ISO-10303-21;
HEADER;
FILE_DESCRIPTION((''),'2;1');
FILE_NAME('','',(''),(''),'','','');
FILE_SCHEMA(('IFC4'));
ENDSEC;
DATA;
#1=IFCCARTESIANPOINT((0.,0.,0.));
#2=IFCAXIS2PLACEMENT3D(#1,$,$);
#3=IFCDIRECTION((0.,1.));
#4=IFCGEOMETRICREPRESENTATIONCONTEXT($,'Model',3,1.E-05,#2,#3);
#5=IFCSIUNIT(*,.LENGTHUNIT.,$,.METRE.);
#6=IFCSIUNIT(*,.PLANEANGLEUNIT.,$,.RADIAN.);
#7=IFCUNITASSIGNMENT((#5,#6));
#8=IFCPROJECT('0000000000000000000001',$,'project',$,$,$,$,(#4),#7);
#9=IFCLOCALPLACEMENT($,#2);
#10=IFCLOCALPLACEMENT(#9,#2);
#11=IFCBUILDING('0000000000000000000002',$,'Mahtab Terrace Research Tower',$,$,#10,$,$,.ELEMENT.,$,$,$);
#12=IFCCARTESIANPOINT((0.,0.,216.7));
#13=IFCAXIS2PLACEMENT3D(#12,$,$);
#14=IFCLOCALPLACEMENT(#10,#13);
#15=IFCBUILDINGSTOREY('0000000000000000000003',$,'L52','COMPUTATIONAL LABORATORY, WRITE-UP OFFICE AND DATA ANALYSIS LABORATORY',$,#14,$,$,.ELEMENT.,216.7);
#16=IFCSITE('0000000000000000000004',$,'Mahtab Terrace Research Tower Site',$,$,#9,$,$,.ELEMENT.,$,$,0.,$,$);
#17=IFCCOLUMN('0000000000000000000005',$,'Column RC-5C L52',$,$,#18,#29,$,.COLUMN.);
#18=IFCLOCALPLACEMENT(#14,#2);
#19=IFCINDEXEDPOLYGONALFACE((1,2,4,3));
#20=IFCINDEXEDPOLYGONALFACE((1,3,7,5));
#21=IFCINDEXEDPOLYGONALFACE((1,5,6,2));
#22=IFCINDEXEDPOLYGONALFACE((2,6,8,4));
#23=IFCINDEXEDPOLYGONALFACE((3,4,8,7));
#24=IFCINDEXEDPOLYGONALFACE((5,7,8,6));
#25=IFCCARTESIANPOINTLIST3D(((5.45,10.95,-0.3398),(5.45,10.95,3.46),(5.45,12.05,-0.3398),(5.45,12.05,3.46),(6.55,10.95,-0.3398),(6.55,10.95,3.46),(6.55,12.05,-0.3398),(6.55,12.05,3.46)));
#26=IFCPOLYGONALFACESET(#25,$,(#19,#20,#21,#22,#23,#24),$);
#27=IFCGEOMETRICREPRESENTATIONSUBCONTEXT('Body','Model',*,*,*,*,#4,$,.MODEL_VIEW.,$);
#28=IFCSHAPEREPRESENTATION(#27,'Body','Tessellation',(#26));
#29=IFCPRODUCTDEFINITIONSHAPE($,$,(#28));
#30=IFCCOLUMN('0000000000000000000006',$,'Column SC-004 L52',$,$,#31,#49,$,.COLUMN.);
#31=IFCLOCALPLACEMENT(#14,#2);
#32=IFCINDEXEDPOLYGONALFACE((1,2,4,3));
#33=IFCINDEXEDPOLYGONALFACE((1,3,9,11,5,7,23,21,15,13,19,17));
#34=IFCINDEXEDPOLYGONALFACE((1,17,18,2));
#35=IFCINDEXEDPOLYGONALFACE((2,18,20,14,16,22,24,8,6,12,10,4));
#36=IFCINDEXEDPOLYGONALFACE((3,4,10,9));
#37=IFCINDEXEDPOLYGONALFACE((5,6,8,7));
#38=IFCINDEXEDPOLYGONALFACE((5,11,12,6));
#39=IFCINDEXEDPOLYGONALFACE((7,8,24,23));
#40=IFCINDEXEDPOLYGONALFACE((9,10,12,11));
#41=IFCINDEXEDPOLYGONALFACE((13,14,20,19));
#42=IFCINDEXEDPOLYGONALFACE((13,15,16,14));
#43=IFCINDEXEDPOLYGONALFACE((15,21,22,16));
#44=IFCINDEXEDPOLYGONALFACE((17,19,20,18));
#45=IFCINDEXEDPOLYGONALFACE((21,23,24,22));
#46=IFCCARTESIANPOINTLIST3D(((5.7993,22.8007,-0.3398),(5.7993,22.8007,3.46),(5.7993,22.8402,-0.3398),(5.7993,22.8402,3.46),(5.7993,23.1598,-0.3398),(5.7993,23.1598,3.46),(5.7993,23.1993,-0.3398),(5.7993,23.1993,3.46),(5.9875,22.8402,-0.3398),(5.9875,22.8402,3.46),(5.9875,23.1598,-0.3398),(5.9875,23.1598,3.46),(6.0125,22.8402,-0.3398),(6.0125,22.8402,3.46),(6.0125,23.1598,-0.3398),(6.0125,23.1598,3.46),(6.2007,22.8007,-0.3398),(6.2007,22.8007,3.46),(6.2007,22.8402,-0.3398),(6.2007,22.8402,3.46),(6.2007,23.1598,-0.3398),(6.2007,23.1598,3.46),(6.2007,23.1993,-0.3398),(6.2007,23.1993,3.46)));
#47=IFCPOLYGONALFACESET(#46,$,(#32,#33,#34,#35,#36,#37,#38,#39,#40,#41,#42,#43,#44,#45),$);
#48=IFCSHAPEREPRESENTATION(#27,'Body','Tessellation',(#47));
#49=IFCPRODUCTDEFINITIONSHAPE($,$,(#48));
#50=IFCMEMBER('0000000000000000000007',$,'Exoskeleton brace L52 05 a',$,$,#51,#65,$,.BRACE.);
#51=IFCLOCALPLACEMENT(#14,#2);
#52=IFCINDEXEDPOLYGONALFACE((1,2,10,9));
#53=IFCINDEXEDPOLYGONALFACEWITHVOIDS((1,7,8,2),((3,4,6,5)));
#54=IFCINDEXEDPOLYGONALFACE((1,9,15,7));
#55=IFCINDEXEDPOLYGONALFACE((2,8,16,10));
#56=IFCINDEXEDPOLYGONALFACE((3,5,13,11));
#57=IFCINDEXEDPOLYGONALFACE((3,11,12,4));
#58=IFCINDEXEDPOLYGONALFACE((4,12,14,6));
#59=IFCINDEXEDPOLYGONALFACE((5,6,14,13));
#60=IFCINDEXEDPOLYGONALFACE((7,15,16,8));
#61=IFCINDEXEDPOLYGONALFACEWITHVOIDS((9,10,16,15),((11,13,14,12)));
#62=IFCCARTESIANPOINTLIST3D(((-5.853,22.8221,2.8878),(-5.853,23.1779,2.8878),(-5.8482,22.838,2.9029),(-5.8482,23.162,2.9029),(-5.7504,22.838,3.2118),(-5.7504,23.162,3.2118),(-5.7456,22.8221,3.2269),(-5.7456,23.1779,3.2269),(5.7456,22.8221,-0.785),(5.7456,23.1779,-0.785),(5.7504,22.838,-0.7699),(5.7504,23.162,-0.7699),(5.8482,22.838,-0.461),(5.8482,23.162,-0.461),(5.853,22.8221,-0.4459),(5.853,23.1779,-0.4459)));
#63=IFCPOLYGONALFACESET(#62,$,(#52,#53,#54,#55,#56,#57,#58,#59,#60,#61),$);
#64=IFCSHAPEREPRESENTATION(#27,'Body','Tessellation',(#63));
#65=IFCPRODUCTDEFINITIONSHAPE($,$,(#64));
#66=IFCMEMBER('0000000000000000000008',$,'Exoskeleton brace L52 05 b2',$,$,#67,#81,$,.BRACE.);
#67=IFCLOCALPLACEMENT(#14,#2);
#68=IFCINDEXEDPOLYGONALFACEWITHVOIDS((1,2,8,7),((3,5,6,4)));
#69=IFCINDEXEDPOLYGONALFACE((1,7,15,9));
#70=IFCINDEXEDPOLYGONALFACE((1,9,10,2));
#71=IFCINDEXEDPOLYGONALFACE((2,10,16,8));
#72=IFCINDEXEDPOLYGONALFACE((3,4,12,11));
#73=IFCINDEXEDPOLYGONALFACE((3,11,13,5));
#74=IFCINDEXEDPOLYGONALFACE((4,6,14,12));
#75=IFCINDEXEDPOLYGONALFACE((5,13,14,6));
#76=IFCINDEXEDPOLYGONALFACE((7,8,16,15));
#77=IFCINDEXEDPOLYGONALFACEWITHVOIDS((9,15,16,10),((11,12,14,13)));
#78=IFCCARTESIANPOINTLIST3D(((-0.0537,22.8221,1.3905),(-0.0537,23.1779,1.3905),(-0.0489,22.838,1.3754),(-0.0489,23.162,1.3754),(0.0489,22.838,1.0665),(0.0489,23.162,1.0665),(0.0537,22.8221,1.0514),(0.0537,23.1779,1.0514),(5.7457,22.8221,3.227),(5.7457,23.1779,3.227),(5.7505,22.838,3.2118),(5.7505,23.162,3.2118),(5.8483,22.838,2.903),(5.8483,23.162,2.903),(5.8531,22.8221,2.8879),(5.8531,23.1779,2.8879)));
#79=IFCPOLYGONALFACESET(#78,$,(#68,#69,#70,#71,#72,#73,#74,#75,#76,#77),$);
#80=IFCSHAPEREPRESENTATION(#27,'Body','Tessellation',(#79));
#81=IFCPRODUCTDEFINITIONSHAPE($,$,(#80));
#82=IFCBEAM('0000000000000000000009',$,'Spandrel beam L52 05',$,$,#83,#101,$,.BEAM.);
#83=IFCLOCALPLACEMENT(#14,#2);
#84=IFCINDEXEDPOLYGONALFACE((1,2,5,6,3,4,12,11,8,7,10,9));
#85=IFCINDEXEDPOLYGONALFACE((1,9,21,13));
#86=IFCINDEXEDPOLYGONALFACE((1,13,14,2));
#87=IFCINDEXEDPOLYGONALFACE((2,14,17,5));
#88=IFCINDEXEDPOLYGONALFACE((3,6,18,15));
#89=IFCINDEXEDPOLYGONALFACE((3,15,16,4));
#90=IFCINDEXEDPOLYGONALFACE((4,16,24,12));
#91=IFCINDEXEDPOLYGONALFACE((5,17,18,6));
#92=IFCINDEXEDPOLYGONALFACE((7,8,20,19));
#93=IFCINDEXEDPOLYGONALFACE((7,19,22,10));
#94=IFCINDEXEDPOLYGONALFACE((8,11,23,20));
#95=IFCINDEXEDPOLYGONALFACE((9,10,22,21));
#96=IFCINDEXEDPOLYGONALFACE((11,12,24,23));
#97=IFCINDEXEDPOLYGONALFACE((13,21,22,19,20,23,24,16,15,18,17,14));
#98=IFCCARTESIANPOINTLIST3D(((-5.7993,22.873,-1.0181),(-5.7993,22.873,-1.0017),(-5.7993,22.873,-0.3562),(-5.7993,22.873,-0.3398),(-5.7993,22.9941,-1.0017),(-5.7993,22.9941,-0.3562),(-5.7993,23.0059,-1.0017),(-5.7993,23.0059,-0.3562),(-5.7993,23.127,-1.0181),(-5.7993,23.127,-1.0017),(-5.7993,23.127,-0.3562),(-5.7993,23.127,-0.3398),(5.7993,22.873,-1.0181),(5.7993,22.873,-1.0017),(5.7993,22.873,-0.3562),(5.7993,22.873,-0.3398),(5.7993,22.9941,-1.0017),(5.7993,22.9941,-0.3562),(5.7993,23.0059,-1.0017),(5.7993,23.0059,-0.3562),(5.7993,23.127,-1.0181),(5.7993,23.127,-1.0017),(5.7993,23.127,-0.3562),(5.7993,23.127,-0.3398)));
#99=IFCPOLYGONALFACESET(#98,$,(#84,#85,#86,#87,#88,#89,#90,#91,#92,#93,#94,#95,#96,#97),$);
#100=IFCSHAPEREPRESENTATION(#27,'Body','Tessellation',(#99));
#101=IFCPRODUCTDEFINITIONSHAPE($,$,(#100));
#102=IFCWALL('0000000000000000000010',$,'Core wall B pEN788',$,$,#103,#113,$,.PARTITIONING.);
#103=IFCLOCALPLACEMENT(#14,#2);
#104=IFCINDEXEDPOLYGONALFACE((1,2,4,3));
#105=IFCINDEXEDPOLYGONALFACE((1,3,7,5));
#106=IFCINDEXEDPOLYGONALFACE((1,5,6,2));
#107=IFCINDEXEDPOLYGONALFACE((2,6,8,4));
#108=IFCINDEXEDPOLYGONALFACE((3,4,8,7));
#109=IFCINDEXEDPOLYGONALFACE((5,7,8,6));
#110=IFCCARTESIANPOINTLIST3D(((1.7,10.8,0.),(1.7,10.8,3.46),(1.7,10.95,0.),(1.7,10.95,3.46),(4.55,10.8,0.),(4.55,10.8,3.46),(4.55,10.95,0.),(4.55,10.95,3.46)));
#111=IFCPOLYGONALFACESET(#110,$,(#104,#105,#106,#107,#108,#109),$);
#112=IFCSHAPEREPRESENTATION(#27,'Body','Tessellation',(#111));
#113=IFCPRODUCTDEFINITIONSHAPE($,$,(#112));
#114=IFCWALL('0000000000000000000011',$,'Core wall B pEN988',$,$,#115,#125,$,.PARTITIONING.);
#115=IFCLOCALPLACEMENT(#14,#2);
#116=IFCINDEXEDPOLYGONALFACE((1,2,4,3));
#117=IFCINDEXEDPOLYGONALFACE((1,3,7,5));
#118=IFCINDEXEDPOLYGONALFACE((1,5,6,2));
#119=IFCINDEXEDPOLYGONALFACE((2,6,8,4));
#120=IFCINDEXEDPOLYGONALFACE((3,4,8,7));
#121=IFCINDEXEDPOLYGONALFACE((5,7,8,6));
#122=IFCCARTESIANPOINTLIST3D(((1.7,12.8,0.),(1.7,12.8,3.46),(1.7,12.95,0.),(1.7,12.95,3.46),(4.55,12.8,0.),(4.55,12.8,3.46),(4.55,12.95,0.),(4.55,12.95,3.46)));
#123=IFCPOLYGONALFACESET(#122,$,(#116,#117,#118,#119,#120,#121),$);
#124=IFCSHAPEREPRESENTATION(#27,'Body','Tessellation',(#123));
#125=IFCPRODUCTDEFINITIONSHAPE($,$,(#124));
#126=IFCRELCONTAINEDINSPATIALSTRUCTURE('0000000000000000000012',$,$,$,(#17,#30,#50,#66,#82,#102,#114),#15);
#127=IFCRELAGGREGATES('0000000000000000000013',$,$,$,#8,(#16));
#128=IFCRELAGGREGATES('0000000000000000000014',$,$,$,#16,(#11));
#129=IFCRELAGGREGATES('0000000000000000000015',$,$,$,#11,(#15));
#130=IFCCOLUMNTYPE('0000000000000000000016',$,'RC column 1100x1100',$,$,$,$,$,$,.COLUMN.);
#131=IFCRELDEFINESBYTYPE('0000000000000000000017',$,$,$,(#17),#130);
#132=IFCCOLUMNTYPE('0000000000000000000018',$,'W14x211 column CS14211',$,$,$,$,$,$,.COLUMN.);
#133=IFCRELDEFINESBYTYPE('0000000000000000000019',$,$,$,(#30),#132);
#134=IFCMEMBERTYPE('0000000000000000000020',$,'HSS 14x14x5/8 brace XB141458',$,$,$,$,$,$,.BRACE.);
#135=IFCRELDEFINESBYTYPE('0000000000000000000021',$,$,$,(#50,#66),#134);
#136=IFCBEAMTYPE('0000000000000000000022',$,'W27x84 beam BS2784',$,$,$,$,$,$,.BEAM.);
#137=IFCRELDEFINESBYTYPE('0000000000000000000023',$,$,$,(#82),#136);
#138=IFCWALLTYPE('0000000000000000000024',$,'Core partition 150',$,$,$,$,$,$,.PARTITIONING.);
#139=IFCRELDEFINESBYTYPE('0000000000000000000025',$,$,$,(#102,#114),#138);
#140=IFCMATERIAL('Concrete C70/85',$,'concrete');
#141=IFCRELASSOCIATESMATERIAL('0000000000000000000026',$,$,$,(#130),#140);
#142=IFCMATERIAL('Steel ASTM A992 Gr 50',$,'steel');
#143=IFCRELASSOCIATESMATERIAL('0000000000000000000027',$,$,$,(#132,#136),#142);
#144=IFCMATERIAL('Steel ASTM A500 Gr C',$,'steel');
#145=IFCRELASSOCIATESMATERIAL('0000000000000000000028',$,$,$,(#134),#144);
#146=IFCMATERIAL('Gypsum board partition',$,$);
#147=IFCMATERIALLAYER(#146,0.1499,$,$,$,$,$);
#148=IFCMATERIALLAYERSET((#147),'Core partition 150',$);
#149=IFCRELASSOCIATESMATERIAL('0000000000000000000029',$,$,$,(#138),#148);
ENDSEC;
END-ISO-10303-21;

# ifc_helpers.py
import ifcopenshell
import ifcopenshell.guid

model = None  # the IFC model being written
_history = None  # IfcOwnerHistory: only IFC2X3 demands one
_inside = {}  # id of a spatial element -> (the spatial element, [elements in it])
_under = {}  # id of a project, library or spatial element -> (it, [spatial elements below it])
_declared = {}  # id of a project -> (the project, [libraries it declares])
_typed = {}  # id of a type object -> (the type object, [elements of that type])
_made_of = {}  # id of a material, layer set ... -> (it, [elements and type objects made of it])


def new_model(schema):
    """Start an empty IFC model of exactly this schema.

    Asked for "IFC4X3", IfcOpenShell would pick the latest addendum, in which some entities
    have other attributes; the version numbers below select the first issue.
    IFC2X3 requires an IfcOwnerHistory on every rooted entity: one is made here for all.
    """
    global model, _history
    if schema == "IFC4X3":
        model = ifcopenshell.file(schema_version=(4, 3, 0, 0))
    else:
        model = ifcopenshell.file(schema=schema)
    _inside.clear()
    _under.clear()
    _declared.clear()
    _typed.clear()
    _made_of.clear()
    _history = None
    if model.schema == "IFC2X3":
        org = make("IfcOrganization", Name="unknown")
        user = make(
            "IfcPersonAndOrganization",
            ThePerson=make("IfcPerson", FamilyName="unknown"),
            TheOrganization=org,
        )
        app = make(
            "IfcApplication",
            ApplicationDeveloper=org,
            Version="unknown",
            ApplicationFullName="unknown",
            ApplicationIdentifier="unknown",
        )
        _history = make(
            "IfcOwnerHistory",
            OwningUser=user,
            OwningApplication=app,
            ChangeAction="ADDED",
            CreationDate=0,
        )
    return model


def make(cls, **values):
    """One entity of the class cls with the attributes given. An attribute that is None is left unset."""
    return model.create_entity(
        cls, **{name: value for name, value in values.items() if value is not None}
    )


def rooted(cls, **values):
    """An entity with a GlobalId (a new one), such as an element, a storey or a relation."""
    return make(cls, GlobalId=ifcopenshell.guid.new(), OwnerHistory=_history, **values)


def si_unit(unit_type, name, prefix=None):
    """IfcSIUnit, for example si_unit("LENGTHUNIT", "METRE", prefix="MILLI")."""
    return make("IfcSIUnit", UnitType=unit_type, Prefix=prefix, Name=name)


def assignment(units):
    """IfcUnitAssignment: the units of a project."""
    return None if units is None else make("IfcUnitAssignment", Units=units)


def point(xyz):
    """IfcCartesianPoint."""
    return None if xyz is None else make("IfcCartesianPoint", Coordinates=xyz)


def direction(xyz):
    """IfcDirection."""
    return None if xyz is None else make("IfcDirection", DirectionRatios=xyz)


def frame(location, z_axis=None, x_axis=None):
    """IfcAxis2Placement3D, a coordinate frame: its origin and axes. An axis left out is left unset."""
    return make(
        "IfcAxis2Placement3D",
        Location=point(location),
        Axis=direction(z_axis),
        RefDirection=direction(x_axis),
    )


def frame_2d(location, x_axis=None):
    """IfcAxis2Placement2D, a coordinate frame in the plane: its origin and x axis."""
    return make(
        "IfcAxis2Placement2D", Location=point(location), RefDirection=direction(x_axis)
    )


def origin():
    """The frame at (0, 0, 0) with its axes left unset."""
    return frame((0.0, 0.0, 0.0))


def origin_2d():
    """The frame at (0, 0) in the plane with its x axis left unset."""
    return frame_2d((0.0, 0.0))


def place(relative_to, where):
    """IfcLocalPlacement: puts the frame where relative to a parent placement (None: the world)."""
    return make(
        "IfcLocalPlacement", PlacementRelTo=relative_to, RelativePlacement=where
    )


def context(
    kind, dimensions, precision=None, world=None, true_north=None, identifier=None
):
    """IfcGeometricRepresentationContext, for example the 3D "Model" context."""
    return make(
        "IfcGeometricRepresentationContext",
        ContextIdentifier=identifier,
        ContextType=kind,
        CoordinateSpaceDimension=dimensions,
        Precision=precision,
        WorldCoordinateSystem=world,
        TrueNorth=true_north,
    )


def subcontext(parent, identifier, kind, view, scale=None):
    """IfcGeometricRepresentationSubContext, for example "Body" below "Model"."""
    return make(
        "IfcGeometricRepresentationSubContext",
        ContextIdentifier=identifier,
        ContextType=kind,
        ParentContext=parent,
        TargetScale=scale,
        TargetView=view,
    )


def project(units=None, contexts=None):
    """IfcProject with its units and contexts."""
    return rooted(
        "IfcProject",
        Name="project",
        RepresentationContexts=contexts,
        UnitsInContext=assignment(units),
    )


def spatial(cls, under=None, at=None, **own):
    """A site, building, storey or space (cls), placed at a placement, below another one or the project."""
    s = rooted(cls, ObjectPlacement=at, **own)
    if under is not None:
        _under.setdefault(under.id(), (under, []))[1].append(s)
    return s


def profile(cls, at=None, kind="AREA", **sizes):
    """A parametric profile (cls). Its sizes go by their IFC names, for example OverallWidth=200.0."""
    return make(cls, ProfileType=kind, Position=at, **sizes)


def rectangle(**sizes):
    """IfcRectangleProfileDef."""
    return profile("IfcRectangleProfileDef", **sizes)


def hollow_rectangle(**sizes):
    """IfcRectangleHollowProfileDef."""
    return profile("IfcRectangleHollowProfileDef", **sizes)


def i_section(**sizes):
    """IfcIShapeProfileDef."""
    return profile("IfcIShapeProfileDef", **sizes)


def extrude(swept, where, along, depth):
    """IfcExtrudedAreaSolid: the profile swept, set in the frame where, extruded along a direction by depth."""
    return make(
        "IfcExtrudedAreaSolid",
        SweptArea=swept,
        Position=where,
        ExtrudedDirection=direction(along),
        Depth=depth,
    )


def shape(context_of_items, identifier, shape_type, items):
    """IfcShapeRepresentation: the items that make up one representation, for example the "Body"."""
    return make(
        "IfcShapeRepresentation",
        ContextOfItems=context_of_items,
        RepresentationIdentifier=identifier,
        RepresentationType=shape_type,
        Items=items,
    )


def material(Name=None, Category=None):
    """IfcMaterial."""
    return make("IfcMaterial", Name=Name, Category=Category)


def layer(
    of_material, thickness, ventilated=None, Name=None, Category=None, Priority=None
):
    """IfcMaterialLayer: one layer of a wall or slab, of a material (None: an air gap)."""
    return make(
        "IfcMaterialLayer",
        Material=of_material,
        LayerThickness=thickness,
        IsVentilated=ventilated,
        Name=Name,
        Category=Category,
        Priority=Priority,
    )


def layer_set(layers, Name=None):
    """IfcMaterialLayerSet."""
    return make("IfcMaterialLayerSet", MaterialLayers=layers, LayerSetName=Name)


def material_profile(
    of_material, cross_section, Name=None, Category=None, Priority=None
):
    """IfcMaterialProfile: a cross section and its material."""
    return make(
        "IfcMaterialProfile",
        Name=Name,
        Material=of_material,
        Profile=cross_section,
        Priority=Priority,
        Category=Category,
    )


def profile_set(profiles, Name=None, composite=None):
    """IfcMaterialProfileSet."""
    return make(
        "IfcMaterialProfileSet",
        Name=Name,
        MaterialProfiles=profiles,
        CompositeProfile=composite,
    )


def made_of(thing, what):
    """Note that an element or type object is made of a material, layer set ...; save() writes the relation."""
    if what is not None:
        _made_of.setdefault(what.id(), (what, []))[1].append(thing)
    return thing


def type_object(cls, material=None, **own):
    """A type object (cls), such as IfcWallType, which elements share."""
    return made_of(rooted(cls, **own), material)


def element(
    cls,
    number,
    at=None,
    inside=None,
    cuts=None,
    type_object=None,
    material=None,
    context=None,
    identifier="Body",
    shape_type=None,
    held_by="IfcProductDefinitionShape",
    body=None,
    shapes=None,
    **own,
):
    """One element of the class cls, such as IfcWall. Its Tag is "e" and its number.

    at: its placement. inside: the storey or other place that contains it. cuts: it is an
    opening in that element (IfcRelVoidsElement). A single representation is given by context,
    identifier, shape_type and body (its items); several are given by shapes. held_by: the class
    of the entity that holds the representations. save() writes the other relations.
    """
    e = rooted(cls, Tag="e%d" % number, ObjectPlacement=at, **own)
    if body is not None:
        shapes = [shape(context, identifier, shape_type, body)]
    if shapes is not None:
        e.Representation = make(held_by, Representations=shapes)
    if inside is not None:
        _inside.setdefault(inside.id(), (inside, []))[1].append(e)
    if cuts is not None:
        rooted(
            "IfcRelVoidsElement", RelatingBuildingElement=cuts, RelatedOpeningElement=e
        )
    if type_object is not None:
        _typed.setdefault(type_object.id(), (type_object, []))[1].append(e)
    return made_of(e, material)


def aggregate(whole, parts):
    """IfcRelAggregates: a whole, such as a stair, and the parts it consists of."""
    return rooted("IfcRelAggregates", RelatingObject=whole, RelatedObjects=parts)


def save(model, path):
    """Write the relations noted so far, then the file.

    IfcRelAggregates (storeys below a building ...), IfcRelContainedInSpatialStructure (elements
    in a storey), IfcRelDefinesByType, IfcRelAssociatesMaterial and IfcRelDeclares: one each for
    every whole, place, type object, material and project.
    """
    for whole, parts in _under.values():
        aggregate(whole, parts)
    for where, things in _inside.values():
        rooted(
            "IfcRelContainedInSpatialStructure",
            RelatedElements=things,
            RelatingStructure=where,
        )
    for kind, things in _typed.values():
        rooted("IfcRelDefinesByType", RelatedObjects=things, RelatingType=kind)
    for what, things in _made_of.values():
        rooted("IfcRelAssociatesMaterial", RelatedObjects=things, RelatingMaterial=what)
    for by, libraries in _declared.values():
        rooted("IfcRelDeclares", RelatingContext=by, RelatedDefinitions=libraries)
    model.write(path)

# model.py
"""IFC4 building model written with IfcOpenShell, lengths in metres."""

from ifc_helpers import new_model, si_unit, direction, frame, frame_2d, origin, origin_2d, place, context, subcontext, project, spatial, rectangle, hollow_rectangle, i_section, extrude, material, layer, layer_set, material_profile, profile_set, type_object, element, save


model = new_model("IFC4")

# Units and contexts
model_context = context("Model", 3, precision=1e-05, world=origin(), true_north=direction((0.0, 1.0)))
body_context = subcontext(model_context, "Body", "Model", "MODEL_VIEW")
ifc_project = project(units=[si_unit("LENGTHUNIT", "METRE"), si_unit("PLANEANGLEUNIT", "RADIAN")], contexts=[model_context])

# Site, building, storey
site_placement = place(None, origin())
site = spatial("IfcSite", under=ifc_project, at=site_placement, Name="Mahtab Terrace Research Tower Site", CompositionType="ELEMENT", RefElevation=0.0)
building_placement = place(site_placement, origin())
building = spatial("IfcBuilding", under=site, at=building_placement, Name="Mahtab Terrace Research Tower", CompositionType="ELEMENT")
storey_placement = place(building_placement, frame((0.0, 0.0, 216.7)))
storey = spatial("IfcBuildingStorey", under=building, at=storey_placement, Name="L52", Description="COMPUTATIONAL LABORATORY, WRITE-UP OFFICE AND DATA ANALYSIS LABORATORY", CompositionType="ELEMENT", Elevation=216.7)

# Columns
ifc_material_1 = material(Name="Concrete C70/85", Category="concrete")
ifc_material_profile_1 = material_profile(ifc_material_1, rectangle(XDim=1.1001, YDim=1.1001, at=origin_2d()), Name="RC column 1100x1100")
ifc_profile_set_1 = profile_set([ifc_material_profile_1], Name="Concrete C70/85")
column_type_1 = type_object("IfcColumnType", Name="RC column 1100x1100", PredefinedType="COLUMN", material=ifc_profile_set_1)
column_1_placement = place(storey_placement, frame((6.0, 11.5, -0.3398), z_axis=(0.0, 0.0, 1.0), x_axis=(1.0, 0.0, 0.0)))
element("IfcColumn", 1, at=column_1_placement, inside=storey, type_object=column_type_1, Name="Column RC-5C L52", PredefinedType="COLUMN", context=body_context, shape_type="SweptSolid", body=[
    extrude(rectangle(XDim=1.1001, YDim=1.1001, at=origin_2d()), origin(), (0.0, 0.0, 1.0), 3.7998),
])
ifc_material_2 = material(Name="Steel ASTM A992 Gr 50", Category="steel")
ifc_material_profile_2 = material_profile(ifc_material_2, i_section(OverallWidth=0.4014, OverallDepth=0.3987, WebThickness=0.0249, FlangeThickness=0.0396, at=origin_2d()), Name="W14X211")
ifc_profile_set_2 = profile_set([ifc_material_profile_2], Name="Steel ASTM A992 Gr 50")
column_type_2 = type_object("IfcColumnType", Name="W14x211 column CS14211", PredefinedType="COLUMN", material=ifc_profile_set_2)
column_2_placement = place(storey_placement, frame((6.0, 23.0, -0.3398), z_axis=(0.0, 0.0, 1.0), x_axis=(1.0, 0.0, 0.0)))
element("IfcColumn", 2, at=column_2_placement, inside=storey, type_object=column_type_2, Name="Column SC-004 L52", PredefinedType="COLUMN", context=body_context, shape_type="SweptSolid", body=[
    extrude(i_section(OverallWidth=0.4014, OverallDepth=0.3987, WebThickness=0.0249, FlangeThickness=0.0396, at=origin_2d()), origin(), (0.0, 0.0, 1.0), 3.7998),
])

# Members
ifc_material_3 = material(Name="Steel ASTM A500 Gr C", Category="steel")
ifc_material_profile_3 = material_profile(ifc_material_3, hollow_rectangle(XDim=0.3557, YDim=0.3557, WallThickness=0.0159, at=origin_2d()), Name="HSS14X14X5/8")
ifc_profile_set_3 = profile_set([ifc_material_profile_3], Name="Steel ASTM A500 Gr C")
member_type = type_object("IfcMemberType", Name="HSS 14x14x5/8 brace XB141458", PredefinedType="BRACE", material=ifc_profile_set_3)
member_1_placement = place(storey_placement, frame((5.7993, 23.0, -0.6155), z_axis=(-0.953343, 0.0, 0.301888), x_axis=(0.0, -1.0, 0.0)))
element("IfcMember", 3, at=member_1_placement, inside=storey, type_object=member_type, Name="Exoskeleton brace L52 05 a", PredefinedType="BRACE", context=body_context, shape_type="SweptSolid", body=[
    extrude(hollow_rectangle(XDim=0.3557, YDim=0.3557, WallThickness=0.0159, at=origin_2d()), origin(), (0.0, 0.0, 1.0), 12.1663),
])
member_2_placement = place(storey_placement, frame((0.0, 23.0, 1.2209), z_axis=(0.953343, 0.0, 0.301888), x_axis=(0.0, 1.0, 0.0)))
element("IfcMember", 4, at=member_2_placement, inside=storey, type_object=member_type, Name="Exoskeleton brace L52 05 b2", PredefinedType="BRACE", context=body_context, shape_type="SweptSolid", body=[
    extrude(hollow_rectangle(XDim=0.3557, YDim=0.3557, WallThickness=0.0159, at=origin_2d()), origin(), (0.0, 0.0, 1.0), 6.0833),
])

# Beam
ifc_material_profile_4 = material_profile(ifc_material_2, i_section(OverallWidth=0.2539, OverallDepth=0.6782, WebThickness=0.0117, FlangeThickness=0.0164, at=origin_2d()), Name="W27X84")
ifc_profile_set_4 = profile_set([ifc_material_profile_4], Name="Steel ASTM A992 Gr 50")
beam_type = type_object("IfcBeamType", Name="W27x84 beam BS2784", PredefinedType="BEAM", material=ifc_profile_set_4)
beam_placement = place(storey_placement, frame((5.7993, 23.0, -0.679), z_axis=(-1.0, 0.0, 0.0), x_axis=(0.0, -1.0, 0.0)))
element("IfcBeam", 5, at=beam_placement, inside=storey, type_object=beam_type, Name="Spandrel beam L52 05", PredefinedType="BEAM", context=body_context, shape_type="SweptSolid", body=[
    extrude(i_section(OverallWidth=0.2539, OverallDepth=0.6782, WebThickness=0.0117, FlangeThickness=0.0164, at=origin_2d()), origin(), (0.0, 0.0, 1.0), 11.5986),
])

# Walls
ifc_material_4 = material(Name="Gypsum board partition")
ifc_layer_1 = layer(ifc_material_4, 0.1499)
ifc_layer_set_1 = layer_set([ifc_layer_1], Name="Core partition 150")
wall_type_1 = type_object("IfcWallType", Name="Core partition 150", PredefinedType="PARTITIONING", material=ifc_layer_set_1)
for number, where, z_axis, x_axis, name in (
    (6, (1.7, 10.875, 0.0), (0.0, 0.0, 1.0), (1.0, 0.0, 0.0), "Core wall B pEN788"),
    (7, (1.7, 12.875, 0.0), (0.0, 0.0, 1.0), (1.0, 0.0, 0.0), "Core wall B pEN988"),
):
    element("IfcWall", number, at=place(storey_placement, frame(where, z_axis=z_axis, x_axis=x_axis)), inside=storey, type_object=wall_type_1, Name=name, PredefinedType="PARTITIONING", context=body_context, shape_type="SweptSolid", body=[
        extrude(rectangle(XDim=2.8501, YDim=0.1499, at=frame_2d((1.425, 0.0))), origin(), (0.0, 0.0, 1.0), 3.46),
    ])

save(model, "model.ifc")
